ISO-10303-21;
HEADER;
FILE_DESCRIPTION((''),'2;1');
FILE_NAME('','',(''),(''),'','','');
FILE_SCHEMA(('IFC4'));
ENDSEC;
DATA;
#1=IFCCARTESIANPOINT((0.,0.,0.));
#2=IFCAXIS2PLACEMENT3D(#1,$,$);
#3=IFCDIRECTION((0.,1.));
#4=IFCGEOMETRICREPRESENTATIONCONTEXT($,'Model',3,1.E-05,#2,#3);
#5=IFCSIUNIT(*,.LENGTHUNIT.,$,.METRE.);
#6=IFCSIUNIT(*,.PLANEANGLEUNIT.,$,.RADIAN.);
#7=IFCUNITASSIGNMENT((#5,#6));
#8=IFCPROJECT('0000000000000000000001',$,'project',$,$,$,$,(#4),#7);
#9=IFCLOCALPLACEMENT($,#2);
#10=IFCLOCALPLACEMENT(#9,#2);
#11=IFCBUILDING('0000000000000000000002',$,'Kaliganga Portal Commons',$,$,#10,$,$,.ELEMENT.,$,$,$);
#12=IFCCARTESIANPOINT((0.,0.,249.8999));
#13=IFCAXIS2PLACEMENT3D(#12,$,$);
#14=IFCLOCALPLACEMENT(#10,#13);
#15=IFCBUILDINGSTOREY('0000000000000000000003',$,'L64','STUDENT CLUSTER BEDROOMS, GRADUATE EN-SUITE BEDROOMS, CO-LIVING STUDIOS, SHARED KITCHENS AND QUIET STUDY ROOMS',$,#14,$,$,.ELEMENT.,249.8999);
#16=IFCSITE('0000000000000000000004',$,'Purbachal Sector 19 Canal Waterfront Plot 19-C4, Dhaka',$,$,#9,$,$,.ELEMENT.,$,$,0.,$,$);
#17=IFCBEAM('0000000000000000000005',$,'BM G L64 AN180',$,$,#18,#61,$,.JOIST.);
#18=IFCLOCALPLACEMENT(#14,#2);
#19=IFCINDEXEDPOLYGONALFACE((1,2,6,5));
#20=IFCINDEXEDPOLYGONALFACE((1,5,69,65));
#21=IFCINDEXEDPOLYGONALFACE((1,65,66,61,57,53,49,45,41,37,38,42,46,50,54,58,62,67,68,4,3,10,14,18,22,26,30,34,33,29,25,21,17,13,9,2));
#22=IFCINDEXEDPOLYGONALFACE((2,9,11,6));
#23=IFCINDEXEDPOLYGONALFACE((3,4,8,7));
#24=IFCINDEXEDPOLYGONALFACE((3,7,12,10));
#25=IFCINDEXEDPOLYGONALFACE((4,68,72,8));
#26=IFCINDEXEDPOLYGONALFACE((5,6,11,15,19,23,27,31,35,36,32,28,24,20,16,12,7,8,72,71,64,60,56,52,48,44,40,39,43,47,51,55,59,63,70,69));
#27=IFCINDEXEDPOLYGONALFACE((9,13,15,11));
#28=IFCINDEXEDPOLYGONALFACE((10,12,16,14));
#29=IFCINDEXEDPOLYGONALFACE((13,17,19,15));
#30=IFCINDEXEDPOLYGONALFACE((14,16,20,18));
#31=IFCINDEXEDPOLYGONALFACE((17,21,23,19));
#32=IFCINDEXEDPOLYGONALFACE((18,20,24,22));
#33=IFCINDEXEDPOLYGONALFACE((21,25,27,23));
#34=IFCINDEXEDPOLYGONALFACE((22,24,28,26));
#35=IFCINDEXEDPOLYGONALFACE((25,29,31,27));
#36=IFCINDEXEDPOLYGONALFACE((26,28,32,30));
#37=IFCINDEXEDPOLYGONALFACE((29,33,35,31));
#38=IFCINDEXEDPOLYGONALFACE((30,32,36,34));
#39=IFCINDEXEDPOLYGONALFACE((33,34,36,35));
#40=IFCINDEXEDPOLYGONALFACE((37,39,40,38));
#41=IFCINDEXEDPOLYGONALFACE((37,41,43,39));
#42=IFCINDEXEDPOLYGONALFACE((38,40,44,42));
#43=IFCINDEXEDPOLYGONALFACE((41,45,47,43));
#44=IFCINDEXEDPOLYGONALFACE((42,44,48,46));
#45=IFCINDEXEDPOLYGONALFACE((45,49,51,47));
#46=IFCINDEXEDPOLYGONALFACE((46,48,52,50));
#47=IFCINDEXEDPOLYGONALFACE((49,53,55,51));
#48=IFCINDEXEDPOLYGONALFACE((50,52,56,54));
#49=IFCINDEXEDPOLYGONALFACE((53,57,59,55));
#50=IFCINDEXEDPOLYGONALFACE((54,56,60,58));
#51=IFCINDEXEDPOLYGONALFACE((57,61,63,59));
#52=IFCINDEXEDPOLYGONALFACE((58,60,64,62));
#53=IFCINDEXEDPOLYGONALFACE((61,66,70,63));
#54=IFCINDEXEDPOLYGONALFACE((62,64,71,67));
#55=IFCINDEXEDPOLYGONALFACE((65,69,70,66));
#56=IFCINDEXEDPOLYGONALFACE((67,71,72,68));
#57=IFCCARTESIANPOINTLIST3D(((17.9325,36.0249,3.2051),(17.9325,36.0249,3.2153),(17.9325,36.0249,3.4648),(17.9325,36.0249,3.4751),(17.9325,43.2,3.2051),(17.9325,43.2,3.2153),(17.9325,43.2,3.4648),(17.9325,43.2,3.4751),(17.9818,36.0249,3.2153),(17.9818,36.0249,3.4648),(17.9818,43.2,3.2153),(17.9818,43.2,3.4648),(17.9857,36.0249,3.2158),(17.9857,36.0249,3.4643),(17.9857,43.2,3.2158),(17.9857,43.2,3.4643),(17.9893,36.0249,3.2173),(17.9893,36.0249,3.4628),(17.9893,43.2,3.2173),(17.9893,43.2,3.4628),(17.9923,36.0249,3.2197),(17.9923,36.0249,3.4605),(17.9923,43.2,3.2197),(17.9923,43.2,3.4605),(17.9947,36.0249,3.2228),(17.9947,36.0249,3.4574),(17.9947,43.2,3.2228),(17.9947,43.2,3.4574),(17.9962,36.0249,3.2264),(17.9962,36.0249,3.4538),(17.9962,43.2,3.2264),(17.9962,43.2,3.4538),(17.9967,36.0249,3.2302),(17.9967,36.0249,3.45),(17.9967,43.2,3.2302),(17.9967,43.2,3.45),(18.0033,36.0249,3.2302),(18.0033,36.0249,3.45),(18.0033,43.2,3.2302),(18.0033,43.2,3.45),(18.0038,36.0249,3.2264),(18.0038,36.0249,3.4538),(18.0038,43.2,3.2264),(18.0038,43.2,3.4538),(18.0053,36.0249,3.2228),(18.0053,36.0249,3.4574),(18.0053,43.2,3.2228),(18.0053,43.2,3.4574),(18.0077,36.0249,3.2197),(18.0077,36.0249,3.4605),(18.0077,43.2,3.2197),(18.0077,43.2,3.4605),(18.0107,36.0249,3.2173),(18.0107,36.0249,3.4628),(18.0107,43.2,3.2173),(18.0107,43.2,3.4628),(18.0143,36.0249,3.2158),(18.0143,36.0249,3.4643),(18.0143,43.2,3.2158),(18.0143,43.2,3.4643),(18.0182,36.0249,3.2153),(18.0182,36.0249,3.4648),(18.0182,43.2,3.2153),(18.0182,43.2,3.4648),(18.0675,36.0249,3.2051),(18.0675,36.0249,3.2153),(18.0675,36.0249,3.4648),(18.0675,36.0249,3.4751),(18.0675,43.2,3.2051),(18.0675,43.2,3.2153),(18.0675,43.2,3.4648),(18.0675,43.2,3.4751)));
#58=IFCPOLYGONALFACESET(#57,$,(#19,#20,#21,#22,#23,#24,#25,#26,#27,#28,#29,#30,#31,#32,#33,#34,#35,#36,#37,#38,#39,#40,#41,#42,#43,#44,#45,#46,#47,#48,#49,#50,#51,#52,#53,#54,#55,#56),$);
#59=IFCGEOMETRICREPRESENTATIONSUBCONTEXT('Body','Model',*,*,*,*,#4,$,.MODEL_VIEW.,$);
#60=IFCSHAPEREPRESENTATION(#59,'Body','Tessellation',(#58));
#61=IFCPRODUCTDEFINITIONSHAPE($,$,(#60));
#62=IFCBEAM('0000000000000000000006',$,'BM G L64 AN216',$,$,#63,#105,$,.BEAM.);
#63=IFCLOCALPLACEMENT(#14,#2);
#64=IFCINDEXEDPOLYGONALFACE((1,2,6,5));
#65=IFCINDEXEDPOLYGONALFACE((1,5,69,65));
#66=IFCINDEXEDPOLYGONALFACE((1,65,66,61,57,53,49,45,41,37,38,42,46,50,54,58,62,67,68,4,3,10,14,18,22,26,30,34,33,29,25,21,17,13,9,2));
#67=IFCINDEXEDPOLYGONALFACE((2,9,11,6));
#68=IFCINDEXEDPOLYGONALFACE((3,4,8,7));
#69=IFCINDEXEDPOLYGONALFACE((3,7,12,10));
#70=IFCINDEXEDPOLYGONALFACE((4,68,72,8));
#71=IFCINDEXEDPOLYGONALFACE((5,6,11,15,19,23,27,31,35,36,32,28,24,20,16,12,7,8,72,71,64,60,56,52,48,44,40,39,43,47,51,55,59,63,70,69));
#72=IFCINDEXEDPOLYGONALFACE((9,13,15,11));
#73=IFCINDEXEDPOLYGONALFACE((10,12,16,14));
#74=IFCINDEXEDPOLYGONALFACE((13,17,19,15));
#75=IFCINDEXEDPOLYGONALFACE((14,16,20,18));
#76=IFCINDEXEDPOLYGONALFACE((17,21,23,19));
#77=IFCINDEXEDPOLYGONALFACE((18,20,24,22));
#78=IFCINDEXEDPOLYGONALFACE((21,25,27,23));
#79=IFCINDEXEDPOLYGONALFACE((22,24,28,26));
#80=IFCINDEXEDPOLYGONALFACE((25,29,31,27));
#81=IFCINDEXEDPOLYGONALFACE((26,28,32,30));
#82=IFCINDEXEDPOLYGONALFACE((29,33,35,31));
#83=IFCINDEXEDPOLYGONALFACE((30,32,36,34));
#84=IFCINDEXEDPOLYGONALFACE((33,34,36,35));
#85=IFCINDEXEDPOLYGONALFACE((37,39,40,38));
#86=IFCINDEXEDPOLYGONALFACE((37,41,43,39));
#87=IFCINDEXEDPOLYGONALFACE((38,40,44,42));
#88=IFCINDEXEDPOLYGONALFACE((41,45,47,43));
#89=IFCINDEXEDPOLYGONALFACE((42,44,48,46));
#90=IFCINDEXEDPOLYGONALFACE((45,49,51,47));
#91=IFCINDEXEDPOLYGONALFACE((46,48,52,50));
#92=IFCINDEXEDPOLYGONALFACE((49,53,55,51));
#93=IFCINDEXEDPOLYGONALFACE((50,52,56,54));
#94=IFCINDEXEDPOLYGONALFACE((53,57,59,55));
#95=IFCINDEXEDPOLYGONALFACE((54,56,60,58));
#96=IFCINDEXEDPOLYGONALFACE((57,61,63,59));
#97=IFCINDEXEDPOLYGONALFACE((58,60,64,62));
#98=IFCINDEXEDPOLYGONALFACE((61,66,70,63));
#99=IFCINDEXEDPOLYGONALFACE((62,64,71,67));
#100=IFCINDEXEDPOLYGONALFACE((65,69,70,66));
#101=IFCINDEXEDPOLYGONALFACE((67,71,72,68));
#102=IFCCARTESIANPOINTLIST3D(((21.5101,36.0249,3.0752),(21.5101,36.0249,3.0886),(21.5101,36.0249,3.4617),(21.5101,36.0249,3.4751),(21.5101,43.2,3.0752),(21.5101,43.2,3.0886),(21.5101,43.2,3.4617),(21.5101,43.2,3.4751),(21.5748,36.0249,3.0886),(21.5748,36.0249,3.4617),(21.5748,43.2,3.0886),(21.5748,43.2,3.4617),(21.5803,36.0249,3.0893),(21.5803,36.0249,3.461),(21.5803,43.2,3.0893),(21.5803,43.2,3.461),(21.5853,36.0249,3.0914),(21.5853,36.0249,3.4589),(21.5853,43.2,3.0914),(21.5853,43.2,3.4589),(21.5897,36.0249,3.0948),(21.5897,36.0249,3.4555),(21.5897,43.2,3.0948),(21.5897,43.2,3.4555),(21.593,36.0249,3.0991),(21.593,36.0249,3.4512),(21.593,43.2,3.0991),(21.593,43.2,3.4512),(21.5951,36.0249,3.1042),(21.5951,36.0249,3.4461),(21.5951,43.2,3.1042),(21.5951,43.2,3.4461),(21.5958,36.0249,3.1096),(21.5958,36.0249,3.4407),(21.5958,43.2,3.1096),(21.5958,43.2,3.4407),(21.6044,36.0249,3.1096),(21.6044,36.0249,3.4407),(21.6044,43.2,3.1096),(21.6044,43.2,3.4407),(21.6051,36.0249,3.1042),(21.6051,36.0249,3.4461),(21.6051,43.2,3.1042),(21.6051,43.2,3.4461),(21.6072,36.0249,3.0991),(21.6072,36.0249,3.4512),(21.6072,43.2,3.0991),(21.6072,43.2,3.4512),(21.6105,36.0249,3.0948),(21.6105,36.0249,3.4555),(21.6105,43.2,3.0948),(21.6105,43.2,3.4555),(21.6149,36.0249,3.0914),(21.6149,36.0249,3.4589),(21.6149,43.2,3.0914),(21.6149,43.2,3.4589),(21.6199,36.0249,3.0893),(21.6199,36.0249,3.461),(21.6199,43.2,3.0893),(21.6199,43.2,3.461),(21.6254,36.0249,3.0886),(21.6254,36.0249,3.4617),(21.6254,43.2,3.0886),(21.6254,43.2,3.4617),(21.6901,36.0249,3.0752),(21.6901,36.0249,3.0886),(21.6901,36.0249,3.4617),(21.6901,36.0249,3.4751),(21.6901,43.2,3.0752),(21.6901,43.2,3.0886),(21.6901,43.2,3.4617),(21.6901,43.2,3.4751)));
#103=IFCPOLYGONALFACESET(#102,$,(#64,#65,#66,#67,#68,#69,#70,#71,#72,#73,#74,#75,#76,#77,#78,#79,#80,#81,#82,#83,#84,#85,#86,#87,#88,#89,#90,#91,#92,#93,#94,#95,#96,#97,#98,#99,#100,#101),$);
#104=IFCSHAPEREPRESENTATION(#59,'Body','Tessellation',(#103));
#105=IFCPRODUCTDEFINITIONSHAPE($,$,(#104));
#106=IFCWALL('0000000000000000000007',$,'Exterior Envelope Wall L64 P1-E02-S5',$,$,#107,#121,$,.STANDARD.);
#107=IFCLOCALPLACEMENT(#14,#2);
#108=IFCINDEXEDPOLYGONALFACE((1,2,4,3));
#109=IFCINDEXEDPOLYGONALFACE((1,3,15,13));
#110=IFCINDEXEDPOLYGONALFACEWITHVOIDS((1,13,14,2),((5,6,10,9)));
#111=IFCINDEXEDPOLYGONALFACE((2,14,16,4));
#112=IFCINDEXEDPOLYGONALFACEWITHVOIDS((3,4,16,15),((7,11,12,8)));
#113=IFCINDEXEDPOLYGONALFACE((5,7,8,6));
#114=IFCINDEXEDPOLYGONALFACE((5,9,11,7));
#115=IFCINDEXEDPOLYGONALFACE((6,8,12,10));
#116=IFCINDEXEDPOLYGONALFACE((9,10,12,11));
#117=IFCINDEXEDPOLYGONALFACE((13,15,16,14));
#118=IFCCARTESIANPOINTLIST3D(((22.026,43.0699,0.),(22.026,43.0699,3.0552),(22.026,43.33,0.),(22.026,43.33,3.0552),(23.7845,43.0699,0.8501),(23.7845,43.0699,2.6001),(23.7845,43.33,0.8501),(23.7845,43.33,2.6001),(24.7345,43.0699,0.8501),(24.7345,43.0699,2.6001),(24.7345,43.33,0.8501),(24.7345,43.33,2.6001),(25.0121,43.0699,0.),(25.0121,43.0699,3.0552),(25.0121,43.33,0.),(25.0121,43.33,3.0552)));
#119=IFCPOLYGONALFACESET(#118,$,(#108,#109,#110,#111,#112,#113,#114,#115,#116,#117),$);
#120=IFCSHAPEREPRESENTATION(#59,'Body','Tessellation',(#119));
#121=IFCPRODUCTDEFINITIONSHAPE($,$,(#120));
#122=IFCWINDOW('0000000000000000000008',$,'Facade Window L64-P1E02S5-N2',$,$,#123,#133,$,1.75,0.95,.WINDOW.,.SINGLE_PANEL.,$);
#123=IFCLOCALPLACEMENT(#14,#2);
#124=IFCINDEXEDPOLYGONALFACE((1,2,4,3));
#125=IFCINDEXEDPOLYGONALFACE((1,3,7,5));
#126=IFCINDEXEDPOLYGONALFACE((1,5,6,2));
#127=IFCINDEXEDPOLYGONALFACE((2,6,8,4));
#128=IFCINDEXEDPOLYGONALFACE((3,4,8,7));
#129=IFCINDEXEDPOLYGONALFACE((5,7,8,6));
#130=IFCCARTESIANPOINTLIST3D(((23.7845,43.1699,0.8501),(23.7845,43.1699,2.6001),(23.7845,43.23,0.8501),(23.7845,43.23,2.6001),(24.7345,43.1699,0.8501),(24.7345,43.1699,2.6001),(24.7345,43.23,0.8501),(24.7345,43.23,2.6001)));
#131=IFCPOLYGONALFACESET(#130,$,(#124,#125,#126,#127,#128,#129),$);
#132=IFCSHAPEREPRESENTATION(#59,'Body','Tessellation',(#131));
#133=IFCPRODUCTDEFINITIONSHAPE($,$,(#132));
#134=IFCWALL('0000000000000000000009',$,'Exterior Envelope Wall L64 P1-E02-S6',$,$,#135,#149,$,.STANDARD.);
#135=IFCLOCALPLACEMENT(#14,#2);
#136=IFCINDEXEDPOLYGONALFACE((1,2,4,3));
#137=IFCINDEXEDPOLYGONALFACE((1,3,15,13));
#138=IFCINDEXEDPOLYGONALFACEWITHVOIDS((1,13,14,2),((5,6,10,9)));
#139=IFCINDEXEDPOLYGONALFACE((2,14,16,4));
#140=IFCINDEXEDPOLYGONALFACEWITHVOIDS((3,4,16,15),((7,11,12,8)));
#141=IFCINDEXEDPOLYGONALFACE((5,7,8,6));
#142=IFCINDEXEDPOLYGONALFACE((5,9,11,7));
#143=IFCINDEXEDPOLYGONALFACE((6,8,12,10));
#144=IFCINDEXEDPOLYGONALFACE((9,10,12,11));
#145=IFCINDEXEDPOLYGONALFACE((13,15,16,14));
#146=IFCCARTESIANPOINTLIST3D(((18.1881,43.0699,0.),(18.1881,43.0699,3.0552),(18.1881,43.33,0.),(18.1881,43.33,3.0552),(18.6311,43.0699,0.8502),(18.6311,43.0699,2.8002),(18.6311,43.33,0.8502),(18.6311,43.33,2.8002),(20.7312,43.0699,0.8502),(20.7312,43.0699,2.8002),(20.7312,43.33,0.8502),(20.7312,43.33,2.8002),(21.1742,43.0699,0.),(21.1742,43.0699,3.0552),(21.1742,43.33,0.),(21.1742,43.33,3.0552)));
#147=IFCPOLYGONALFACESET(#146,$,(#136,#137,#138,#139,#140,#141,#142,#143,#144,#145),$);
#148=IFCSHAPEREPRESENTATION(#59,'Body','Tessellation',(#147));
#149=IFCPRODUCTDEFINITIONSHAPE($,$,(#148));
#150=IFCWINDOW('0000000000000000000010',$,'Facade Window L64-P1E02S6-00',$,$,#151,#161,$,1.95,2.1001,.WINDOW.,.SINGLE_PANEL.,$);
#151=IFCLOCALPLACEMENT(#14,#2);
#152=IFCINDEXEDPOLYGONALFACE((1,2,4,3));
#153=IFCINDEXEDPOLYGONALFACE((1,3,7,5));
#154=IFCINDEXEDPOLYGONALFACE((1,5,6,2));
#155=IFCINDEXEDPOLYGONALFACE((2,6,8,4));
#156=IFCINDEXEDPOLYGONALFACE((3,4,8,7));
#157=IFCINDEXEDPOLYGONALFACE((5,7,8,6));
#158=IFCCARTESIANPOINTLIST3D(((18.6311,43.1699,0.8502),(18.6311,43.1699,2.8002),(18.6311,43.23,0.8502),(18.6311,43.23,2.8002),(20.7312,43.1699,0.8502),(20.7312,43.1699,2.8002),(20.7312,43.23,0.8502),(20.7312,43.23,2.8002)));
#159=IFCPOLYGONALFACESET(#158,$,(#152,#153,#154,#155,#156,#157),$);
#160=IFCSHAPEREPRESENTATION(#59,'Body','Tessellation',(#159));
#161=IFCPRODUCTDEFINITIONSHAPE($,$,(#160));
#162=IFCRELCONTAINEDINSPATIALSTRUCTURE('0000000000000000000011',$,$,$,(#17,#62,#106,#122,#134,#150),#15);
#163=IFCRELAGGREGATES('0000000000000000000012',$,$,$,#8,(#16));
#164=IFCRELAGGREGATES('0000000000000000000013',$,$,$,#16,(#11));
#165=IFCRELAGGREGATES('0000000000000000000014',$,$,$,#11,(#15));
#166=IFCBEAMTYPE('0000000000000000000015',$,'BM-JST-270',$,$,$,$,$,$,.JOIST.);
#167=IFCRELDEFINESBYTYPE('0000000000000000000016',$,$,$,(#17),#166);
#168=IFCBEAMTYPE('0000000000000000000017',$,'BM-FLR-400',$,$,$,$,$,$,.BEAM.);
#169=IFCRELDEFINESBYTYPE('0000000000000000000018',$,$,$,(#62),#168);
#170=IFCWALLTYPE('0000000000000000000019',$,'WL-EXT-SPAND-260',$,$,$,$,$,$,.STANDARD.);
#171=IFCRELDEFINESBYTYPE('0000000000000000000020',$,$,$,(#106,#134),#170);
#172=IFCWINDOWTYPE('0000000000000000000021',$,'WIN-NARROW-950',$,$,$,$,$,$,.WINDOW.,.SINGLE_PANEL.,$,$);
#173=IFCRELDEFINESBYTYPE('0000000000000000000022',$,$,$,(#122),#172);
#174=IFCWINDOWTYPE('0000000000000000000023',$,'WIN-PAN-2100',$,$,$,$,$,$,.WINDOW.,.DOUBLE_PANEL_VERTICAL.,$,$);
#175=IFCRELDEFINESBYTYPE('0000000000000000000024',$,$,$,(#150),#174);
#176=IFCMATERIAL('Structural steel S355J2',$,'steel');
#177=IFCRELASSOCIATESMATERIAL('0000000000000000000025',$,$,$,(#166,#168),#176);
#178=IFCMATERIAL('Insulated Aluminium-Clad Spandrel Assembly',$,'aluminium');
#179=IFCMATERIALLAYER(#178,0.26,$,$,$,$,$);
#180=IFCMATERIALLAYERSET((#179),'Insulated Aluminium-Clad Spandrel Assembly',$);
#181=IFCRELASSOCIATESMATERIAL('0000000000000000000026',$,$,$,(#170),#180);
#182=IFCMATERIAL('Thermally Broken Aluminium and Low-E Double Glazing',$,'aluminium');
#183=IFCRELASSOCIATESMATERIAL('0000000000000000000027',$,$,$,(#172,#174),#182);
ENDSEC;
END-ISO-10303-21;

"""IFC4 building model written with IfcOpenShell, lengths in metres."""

from ifc_helpers import new_model, si_unit, direction, frame, frame_2d, origin, origin_2d, place, context, subcontext, project, spatial, rectangle, i_section, extrude, source, transform, mapped, material, layer, layer_set, material_profile, profile_set, type_object, element, fill, save


model = new_model("IFC4")

# Units and contexts
model_context = context("Model", 3, precision=1e-05, world=origin(), true_north=direction((0.0, 1.0)))
body_context = subcontext(model_context, "Body", "Model", "MODEL_VIEW")
ifc_project = project(units=[si_unit("LENGTHUNIT", "METRE"), si_unit("PLANEANGLEUNIT", "RADIAN")], contexts=[model_context])

# Site, building, storey
site_placement = place(None, origin())
site = spatial("IfcSite", under=ifc_project, at=site_placement, Name="Purbachal Sector 19 Canal Waterfront Plot 19-C4, Dhaka", CompositionType="ELEMENT", RefElevation=0.0)
building_placement = place(site_placement, origin())
building = spatial("IfcBuilding", under=site, at=building_placement, Name="Kaliganga Portal Commons", CompositionType="ELEMENT")
storey_placement = place(building_placement, frame((0.0, 0.0, 249.8999)))
storey = spatial("IfcBuildingStorey", under=building, at=storey_placement, Name="L64", Description="STUDENT CLUSTER BEDROOMS, GRADUATE EN-SUITE BEDROOMS, CO-LIVING STUDIOS, SHARED KITCHENS AND QUIET STUDY ROOMS", CompositionType="ELEMENT", Elevation=249.8999)

# Shared definitions
ifc_material_1 = material(Name="Structural steel S355J2", Category="steel")

# Beams
ifc_material_profile_1 = material_profile(ifc_material_1, i_section(OverallWidth=0.135, OverallDepth=0.27, WebThickness=0.0066, FlangeThickness=0.0103, FilletRadius=0.0149, at=origin_2d()), Name="IPE 270")
ifc_profile_set_1 = profile_set([ifc_material_profile_1], Name="Structural steel S355J2 wide-flange")
beam_type_1 = type_object("IfcBeamType", Name="BM-JST-270", PredefinedType="JOIST", material=ifc_profile_set_1)
shared_shape_1 = source(origin(), body_context, "Body", "SweptSolid", [
    extrude(i_section(OverallWidth=0.135, OverallDepth=0.27, WebThickness=0.0066, FlangeThickness=0.0103, FilletRadius=0.0149, at=origin_2d()), origin(), (0.0, 0.0, 1.0), 7.175),
])
beam_1_placement = place(storey_placement, frame((18.0, 36.0249, 3.3401), z_axis=(0.0, 1.0, 0.0), x_axis=(-1.0, 0.0, 0.0)))
element("IfcBeam", 1, at=beam_1_placement, inside=storey, type_object=beam_type_1, Name="BM G L64 AN180", PredefinedType="JOIST", context=body_context, shape_type="MappedRepresentation", body=[
    mapped(shared_shape_1, transform((0.0, 0.0, 0.0), x_axis=(1.0, 0.0, 0.0), y_axis=(0.0, 1.0, 0.0), z_axis=(0.0, 0.0, 1.0), scale=1.0)),
])
ifc_material_profile_2 = material_profile(ifc_material_1, i_section(OverallWidth=0.1799, OverallDepth=0.3999, WebThickness=0.0085, FlangeThickness=0.0134, FilletRadius=0.021, at=origin_2d()), Name="IPE 400")
ifc_profile_set_2 = profile_set([ifc_material_profile_2], Name="Structural steel S355J2 wide-flange")
beam_type_2 = type_object("IfcBeamType", Name="BM-FLR-400", PredefinedType="BEAM", material=ifc_profile_set_2)
shared_shape_2 = source(origin(), body_context, "Body", "SweptSolid", [
    extrude(i_section(OverallWidth=0.1799, OverallDepth=0.3999, WebThickness=0.0085, FlangeThickness=0.0134, FilletRadius=0.021, at=origin_2d()), origin(), (0.0, 0.0, 1.0), 7.175),
])
beam_2_placement = place(storey_placement, frame((21.6001, 36.0249, 3.2751), z_axis=(0.0, 1.0, 0.0), x_axis=(-1.0, 0.0, 0.0)))
element("IfcBeam", 2, at=beam_2_placement, inside=storey, type_object=beam_type_2, Name="BM G L64 AN216", PredefinedType="BEAM", context=body_context, shape_type="MappedRepresentation", body=[
    mapped(shared_shape_2, transform((0.0, 0.0, 0.0), x_axis=(1.0, 0.0, 0.0), y_axis=(0.0, 1.0, 0.0), z_axis=(0.0, 0.0, 1.0), scale=1.0)),
])

# Walls, openings, windows
ifc_material_2 = material(Name="Insulated Aluminium-Clad Spandrel Assembly", Category="aluminium")
ifc_layer_1 = layer(ifc_material_2, 0.26)
ifc_layer_set_1 = layer_set([ifc_layer_1], Name="Insulated Aluminium-Clad Spandrel Assembly")
wall_type_1 = type_object("IfcWallType", Name="WL-EXT-SPAND-260", PredefinedType="STANDARD", material=ifc_layer_set_1)
wall_1_placement = place(storey_placement, frame((22.0259, 43.2, 0.0), z_axis=(0.0, 0.0, 1.0), x_axis=(1.0, 0.0, 0.0)))
wall_1 = element("IfcWall", 3, at=wall_1_placement, inside=storey, type_object=wall_type_1, Name="Exterior Envelope Wall L64 P1-E02-S5", PredefinedType="STANDARD", context=body_context, shape_type="SweptSolid", body=[
    extrude(rectangle(XDim=2.9861, YDim=0.26, at=frame_2d((1.4932, 0.0))), origin(), (0.0, 0.0, 1.0), 3.0552),
])
opening_1_placement = place(wall_1_placement, frame((1.7585, 0.0, 0.8501)))
opening_1 = element("IfcOpeningElement", 4, at=opening_1_placement, cuts=wall_1, PredefinedType="OPENING", context=body_context, shape_type="SweptSolid", body=[
    extrude(rectangle(XDim=0.95, YDim=1.75, at=frame_2d((0.4751, 0.875))), frame((0.0, 0.1401, 0.0), z_axis=(0.0, -1.0, 0.0), x_axis=(1.0, 0.0, 0.0)), (0.0, 0.0, 1.0), 0.28),
])
ifc_material_3 = material(Name="Thermally Broken Aluminium and Low-E Double Glazing", Category="aluminium")
window_type_1 = type_object("IfcWindowType", Name="WIN-NARROW-950", PartitioningType="SINGLE_PANEL", PredefinedType="WINDOW", material=ifc_material_3)
window_1_placement = place(opening_1_placement, origin())
window_1 = element("IfcWindow", 5, at=window_1_placement, inside=storey, type_object=window_type_1, Name="Facade Window L64-P1E02S5-N2", OverallHeight=1.75, OverallWidth=0.95, PartitioningType="SINGLE_PANEL", PredefinedType="WINDOW", context=body_context, shape_type="SweptSolid", body=[
    extrude(rectangle(XDim=0.95, YDim=1.75, at=frame_2d((0.4751, 0.875))), frame((0.0, 0.03, 0.0), z_axis=(0.0, -1.0, 0.0), x_axis=(1.0, 0.0, 0.0)), (0.0, 0.0, 1.0), 0.0601),
])
fill(opening_1, window_1)
wall_2_placement = place(storey_placement, frame((18.188, 43.2, 0.0), z_axis=(0.0, 0.0, 1.0), x_axis=(1.0, 0.0, 0.0)))
wall_2 = element("IfcWall", 6, at=wall_2_placement, inside=storey, type_object=wall_type_1, Name="Exterior Envelope Wall L64 P1-E02-S6", PredefinedType="STANDARD", context=body_context, shape_type="SweptSolid", body=[
    extrude(rectangle(XDim=2.9861, YDim=0.26, at=frame_2d((1.4932, 0.0))), origin(), (0.0, 0.0, 1.0), 3.0552),
])
opening_2_placement = place(wall_2_placement, frame((0.4431, 0.0, 0.8501)))
opening_2 = element("IfcOpeningElement", 7, at=opening_2_placement, cuts=wall_2, PredefinedType="OPENING", context=body_context, shape_type="SweptSolid", body=[
    extrude(rectangle(XDim=2.1001, YDim=1.95, at=frame_2d((1.05, 0.9751))), frame((0.0, 0.1401, 0.0), z_axis=(0.0, -1.0, 0.0), x_axis=(1.0, 0.0, 0.0)), (0.0, 0.0, 1.0), 0.28),
])
window_type_2 = type_object("IfcWindowType", Name="WIN-PAN-2100", PartitioningType="DOUBLE_PANEL_VERTICAL", PredefinedType="WINDOW", material=ifc_material_3)
window_2_placement = place(opening_2_placement, origin())
window_2 = element("IfcWindow", 8, at=window_2_placement, inside=storey, type_object=window_type_2, Name="Facade Window L64-P1E02S6-00", OverallHeight=1.95, OverallWidth=2.1001, PartitioningType="SINGLE_PANEL", PredefinedType="WINDOW", context=body_context, shape_type="SweptSolid", body=[
    extrude(rectangle(XDim=2.1001, YDim=1.95, at=frame_2d((1.05, 0.9751))), frame((0.0, 0.03, 0.0), z_axis=(0.0, -1.0, 0.0), x_axis=(1.0, 0.0, 0.0)), (0.0, 0.0, 1.0), 0.0601),
])
fill(opening_2, window_2)

save(model, "model.ifc")
